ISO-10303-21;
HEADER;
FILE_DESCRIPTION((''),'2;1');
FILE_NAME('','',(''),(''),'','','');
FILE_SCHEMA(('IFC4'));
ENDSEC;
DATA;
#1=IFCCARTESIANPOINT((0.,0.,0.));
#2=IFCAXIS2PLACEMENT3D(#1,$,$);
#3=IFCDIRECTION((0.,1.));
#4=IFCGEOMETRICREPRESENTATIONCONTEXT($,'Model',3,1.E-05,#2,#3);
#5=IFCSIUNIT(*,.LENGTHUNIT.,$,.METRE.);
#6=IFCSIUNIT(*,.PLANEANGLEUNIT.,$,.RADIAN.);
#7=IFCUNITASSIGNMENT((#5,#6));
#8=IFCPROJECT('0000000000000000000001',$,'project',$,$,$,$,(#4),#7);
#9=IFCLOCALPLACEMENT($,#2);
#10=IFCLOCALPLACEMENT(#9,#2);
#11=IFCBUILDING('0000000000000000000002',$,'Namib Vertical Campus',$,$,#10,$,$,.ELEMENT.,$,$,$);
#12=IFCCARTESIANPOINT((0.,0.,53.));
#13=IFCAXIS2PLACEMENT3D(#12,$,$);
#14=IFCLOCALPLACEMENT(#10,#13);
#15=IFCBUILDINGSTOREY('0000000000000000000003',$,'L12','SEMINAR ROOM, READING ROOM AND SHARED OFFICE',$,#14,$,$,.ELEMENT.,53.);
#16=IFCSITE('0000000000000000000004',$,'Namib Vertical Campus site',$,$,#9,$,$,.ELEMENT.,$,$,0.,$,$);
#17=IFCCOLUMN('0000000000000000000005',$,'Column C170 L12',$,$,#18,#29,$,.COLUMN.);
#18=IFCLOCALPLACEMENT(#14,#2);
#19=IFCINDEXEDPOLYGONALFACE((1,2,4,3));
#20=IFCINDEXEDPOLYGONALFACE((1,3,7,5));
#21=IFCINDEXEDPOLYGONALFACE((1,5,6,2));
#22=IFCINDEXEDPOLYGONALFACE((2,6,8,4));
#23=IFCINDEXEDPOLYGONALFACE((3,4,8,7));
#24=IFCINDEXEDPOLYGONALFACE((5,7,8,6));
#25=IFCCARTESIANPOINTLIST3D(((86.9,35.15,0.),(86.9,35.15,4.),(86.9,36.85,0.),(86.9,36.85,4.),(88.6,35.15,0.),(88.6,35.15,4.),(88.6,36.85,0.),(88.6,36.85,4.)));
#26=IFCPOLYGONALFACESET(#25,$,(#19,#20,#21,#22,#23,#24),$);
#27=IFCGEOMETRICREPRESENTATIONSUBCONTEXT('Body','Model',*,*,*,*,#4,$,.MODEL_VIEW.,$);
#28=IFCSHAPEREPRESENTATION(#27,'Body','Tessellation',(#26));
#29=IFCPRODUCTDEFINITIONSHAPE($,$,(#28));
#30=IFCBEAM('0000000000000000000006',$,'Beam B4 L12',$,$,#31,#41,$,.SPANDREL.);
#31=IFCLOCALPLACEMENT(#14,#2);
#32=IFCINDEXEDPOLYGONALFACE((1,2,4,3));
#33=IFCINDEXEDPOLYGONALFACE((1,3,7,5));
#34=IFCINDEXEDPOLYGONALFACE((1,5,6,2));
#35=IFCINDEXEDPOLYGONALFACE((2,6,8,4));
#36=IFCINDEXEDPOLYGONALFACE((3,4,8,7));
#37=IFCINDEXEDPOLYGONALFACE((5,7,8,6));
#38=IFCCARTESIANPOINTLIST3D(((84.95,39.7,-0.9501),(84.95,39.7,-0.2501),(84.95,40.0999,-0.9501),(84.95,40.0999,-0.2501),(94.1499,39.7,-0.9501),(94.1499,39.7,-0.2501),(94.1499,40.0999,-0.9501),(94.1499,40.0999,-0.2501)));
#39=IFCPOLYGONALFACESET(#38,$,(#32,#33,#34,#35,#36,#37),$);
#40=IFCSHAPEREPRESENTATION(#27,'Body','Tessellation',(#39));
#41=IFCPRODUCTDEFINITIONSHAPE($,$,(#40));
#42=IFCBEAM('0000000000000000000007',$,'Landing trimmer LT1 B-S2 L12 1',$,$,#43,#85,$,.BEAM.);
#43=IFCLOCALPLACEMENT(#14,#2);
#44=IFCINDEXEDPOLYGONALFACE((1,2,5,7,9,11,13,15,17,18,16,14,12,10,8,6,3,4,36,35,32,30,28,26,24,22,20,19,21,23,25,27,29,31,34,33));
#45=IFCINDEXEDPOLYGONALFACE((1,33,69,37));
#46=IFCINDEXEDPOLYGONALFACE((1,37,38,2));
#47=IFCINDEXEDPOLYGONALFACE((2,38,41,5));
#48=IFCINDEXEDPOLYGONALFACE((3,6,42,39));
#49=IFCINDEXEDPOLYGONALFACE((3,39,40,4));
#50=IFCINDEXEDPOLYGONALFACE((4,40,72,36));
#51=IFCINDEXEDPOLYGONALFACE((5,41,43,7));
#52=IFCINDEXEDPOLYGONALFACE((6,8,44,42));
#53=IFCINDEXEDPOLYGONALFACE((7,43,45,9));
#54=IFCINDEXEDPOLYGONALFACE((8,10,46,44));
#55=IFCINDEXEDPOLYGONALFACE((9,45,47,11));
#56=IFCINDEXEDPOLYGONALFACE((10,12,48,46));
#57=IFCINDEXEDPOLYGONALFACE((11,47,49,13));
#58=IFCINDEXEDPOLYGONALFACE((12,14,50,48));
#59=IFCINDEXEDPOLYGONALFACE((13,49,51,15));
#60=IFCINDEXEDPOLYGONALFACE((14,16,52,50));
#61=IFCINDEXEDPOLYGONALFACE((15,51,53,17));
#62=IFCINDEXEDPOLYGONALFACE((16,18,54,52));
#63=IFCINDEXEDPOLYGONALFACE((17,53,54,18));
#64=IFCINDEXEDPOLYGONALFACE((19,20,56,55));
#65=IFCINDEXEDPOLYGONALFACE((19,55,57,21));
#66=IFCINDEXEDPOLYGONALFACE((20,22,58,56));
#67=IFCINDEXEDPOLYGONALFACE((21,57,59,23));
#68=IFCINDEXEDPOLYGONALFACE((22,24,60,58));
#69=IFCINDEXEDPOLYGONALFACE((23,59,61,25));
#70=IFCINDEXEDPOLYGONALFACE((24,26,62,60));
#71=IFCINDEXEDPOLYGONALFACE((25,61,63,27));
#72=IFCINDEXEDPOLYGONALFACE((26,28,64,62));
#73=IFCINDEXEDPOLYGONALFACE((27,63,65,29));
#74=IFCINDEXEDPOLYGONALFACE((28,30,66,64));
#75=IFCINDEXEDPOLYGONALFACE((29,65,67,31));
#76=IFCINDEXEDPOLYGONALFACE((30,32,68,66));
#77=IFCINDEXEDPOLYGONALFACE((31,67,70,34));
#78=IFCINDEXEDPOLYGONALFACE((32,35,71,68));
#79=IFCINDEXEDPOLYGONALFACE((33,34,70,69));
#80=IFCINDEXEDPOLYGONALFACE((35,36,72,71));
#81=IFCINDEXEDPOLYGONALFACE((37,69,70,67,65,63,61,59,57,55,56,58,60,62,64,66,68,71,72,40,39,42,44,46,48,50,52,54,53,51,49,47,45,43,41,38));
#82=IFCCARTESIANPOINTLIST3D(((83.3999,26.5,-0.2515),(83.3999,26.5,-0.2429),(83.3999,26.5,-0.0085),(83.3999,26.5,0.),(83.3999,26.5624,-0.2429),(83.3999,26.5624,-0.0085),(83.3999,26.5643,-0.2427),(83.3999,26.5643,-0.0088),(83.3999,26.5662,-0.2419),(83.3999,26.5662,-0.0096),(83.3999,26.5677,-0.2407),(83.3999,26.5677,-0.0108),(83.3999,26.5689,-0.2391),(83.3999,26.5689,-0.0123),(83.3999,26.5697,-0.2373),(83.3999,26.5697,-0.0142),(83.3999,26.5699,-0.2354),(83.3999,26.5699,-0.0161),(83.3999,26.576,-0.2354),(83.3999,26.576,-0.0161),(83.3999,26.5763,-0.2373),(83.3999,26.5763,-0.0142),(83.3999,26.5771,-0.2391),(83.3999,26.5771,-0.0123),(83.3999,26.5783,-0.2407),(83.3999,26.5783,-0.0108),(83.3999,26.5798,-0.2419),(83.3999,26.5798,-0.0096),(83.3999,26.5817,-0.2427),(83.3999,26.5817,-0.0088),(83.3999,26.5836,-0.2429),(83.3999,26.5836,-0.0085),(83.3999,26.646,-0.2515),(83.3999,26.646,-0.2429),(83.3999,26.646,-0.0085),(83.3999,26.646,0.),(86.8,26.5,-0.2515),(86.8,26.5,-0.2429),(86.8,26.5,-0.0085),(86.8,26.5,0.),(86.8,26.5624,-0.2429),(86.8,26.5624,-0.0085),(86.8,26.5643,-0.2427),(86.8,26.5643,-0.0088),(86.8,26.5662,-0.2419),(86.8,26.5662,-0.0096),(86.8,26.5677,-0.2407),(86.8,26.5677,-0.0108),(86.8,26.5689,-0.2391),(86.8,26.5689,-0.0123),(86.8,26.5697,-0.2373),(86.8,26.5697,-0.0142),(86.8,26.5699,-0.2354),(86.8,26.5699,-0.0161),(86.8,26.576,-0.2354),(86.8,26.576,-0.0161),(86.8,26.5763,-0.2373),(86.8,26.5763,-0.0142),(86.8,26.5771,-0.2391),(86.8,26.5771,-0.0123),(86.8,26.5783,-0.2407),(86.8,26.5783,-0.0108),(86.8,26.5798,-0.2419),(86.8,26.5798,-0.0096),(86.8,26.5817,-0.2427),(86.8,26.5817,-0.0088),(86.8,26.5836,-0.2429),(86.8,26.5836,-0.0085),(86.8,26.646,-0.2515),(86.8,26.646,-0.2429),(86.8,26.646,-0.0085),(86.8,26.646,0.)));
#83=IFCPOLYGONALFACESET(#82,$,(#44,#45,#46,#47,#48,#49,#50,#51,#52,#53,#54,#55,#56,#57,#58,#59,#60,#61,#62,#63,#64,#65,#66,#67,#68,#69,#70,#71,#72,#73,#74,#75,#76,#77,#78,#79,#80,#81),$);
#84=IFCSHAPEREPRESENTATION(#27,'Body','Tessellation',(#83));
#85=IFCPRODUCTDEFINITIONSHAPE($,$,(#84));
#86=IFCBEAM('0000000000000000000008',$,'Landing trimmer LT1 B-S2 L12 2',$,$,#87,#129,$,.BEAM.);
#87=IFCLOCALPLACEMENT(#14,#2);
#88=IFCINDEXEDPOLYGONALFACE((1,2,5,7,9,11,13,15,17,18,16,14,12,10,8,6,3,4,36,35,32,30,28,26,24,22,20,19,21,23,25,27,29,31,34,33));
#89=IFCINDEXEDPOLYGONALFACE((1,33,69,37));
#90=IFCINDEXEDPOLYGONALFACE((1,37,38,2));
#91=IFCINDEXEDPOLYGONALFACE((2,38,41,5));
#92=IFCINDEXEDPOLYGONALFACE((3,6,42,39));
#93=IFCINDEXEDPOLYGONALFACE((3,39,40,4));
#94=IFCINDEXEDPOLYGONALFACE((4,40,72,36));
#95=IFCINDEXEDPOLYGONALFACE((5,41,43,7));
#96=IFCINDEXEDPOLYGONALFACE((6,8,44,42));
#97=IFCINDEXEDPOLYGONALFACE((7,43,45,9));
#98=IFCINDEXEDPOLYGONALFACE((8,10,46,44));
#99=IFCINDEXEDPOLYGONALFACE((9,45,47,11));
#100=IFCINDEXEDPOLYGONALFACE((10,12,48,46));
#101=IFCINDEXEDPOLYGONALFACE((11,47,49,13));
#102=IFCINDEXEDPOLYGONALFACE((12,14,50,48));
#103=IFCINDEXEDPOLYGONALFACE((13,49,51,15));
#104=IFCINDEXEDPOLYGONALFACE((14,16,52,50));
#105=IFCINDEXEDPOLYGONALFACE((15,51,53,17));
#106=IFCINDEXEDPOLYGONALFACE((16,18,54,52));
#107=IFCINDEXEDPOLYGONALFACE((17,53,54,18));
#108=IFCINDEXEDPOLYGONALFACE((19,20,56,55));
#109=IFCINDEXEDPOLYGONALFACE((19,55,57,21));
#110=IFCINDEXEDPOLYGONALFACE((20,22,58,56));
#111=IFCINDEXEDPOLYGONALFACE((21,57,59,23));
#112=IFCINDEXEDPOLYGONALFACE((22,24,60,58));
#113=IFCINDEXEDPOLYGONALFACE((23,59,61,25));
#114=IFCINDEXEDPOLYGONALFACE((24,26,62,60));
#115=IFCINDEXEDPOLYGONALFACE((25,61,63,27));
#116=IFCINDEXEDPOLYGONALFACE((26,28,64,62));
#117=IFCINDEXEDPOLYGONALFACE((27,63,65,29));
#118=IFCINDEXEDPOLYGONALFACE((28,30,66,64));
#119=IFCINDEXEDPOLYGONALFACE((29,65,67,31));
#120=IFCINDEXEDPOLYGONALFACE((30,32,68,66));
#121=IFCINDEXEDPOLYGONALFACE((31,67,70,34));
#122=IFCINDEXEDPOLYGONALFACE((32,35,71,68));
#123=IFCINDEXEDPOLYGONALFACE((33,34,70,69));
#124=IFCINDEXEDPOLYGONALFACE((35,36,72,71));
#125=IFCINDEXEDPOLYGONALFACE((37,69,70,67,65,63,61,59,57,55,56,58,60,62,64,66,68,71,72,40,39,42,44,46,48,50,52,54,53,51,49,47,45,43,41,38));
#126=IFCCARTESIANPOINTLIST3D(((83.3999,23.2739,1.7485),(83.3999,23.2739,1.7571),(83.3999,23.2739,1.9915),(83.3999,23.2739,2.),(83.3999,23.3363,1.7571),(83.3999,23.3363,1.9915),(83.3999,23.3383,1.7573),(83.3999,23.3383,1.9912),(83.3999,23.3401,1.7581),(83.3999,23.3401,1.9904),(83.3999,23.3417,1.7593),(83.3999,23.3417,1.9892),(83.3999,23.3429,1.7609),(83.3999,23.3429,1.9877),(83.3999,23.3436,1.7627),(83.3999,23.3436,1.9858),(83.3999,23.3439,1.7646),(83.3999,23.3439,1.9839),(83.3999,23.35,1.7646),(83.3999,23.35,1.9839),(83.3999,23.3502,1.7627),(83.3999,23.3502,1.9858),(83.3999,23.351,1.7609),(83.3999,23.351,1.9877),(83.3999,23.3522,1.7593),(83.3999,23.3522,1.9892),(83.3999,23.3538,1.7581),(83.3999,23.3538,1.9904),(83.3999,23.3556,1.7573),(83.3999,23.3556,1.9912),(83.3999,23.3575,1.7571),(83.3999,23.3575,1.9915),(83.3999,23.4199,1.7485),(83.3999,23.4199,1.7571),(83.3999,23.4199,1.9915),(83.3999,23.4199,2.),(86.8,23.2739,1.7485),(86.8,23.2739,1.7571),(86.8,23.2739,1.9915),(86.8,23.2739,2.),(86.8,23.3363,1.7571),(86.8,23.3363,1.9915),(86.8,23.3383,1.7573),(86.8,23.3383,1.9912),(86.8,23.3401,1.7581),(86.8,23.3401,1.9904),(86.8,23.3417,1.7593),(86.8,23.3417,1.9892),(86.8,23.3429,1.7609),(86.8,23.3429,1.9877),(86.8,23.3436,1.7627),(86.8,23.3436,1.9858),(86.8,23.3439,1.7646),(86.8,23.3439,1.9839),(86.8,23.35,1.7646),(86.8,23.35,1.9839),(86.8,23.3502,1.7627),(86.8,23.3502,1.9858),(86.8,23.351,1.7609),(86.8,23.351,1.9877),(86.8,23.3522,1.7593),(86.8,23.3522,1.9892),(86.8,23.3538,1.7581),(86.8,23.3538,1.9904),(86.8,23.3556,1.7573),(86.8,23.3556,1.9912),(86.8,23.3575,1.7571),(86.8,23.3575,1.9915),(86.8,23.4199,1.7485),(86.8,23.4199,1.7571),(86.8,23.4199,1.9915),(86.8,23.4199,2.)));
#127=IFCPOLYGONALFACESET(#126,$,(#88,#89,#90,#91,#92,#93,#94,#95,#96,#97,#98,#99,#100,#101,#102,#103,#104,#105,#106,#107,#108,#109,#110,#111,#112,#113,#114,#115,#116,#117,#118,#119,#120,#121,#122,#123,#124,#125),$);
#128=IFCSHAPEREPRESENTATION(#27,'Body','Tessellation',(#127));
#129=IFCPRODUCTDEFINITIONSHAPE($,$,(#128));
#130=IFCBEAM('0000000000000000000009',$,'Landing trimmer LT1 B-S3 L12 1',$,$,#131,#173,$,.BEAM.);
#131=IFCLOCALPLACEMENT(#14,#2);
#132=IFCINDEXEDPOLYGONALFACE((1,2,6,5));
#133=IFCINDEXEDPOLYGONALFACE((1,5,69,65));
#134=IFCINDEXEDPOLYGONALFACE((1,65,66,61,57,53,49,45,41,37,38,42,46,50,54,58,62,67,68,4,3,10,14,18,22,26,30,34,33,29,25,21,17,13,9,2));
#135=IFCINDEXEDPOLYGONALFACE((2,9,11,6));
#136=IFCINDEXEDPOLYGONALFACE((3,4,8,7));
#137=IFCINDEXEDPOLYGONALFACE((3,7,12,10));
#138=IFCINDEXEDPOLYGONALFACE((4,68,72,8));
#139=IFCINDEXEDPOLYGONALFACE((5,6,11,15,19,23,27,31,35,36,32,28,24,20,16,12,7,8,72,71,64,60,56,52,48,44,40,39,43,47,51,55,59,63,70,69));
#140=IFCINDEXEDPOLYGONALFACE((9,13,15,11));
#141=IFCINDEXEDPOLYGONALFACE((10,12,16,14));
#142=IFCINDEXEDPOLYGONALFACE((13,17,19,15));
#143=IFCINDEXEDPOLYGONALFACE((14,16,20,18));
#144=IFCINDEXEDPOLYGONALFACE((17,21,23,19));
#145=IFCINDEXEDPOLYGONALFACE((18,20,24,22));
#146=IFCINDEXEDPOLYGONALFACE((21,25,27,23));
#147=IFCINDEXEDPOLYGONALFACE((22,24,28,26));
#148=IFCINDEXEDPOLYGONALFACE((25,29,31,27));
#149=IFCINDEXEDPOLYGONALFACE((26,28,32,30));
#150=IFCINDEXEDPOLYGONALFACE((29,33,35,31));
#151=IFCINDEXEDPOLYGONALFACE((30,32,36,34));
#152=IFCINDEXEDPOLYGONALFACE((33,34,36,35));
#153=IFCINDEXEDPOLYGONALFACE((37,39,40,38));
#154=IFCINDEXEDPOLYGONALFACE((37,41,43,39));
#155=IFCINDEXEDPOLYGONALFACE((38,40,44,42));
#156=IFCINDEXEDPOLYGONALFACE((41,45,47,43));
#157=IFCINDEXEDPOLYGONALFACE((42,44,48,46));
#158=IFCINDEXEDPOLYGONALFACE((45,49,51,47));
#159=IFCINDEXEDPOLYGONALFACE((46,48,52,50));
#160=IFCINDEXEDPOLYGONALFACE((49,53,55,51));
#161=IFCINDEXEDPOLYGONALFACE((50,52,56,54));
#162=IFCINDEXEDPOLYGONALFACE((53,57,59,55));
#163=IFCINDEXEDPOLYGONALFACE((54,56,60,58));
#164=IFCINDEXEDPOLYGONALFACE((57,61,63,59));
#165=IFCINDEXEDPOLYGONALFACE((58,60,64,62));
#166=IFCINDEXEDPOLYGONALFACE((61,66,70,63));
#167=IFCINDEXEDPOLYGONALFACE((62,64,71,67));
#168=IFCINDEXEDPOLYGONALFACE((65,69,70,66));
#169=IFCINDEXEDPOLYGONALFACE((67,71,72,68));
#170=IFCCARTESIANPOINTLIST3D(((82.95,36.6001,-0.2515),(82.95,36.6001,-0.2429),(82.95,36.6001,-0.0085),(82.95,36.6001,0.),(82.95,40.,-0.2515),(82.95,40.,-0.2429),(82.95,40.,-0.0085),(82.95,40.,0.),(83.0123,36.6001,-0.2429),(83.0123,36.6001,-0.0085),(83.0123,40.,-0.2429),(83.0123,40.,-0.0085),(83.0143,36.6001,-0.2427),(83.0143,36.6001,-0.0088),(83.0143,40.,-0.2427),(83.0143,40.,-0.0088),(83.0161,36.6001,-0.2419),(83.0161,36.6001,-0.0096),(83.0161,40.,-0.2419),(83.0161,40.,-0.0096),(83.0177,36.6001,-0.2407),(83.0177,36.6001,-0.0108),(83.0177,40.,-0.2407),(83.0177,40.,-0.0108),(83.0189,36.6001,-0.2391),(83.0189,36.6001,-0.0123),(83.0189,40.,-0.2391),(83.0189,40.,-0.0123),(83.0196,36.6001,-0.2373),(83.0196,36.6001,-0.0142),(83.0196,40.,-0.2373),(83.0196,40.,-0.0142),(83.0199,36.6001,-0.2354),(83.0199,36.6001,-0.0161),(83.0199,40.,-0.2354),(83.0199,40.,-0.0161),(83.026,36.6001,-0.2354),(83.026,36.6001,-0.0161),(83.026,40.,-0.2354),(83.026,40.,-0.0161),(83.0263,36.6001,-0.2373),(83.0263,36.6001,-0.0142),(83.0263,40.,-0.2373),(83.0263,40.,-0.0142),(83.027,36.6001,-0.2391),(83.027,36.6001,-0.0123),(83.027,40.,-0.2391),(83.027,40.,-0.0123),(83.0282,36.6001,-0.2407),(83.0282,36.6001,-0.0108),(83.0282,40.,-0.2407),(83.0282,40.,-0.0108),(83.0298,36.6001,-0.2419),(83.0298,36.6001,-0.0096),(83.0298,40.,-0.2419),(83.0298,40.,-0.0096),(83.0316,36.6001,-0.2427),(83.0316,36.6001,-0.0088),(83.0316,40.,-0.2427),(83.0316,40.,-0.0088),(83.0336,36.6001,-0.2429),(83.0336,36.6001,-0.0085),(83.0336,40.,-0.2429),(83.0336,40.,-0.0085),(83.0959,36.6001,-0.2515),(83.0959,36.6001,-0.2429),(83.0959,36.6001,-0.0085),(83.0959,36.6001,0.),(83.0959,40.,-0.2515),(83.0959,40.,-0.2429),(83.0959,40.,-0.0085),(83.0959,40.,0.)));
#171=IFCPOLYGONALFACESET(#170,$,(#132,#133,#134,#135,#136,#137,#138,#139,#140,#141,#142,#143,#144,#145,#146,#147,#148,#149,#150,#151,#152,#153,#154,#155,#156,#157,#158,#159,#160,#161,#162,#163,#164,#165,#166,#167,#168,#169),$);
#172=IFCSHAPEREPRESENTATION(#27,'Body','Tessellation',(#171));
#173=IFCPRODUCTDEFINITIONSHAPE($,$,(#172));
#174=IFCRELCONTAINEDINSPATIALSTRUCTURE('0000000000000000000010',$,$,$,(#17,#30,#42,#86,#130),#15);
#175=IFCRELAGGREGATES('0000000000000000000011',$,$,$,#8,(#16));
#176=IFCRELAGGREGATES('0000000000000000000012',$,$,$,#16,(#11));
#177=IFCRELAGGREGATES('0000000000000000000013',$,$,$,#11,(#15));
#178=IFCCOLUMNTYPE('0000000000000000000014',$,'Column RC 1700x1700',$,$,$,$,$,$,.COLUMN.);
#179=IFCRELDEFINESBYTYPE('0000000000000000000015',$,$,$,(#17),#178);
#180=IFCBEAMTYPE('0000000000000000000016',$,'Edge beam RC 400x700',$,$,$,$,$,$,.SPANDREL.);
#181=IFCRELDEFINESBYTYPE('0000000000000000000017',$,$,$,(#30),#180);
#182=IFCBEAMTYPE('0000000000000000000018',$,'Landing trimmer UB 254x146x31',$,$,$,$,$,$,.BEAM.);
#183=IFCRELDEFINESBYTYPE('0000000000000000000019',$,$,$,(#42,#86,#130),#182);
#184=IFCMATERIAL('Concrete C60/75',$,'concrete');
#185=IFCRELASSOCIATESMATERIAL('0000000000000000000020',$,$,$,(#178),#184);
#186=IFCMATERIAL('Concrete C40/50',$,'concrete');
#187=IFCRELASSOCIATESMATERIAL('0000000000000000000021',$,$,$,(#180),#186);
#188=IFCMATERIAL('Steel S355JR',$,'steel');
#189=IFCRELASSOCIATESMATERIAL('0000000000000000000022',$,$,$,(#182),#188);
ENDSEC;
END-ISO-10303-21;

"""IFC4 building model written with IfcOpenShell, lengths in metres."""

from ifc_helpers import new_model, si_unit, direction, frame, origin, origin_2d, place, context, subcontext, project, spatial, rectangle, i_section, extrude, material, material_profile, profile_set, type_object, element, save


model = new_model("IFC4")

# Units and contexts
model_context = context("Model", 3, precision=1e-05, world=origin(), true_north=direction((0.0, 1.0)))
body_context = subcontext(model_context, "Body", "Model", "MODEL_VIEW")
ifc_project = project(units=[si_unit("LENGTHUNIT", "METRE"), si_unit("PLANEANGLEUNIT", "RADIAN")], contexts=[model_context])

# Site, building, storey
site_placement = place(None, origin())
site = spatial("IfcSite", under=ifc_project, at=site_placement, Name="Namib Vertical Campus site", CompositionType="ELEMENT", RefElevation=0.0)
building_placement = place(site_placement, origin())
building = spatial("IfcBuilding", under=site, at=building_placement, Name="Namib Vertical Campus", CompositionType="ELEMENT")
storey_placement = place(building_placement, frame((0.0, 0.0, 53.0)))
storey = spatial("IfcBuildingStorey", under=building, at=storey_placement, Name="L12", Description="SEMINAR ROOM, READING ROOM AND SHARED OFFICE", CompositionType="ELEMENT", Elevation=53.0)

# Column
ifc_material_1 = material(Name="Concrete C60/75", Category="concrete")
ifc_material_profile_1 = material_profile(ifc_material_1, rectangle(XDim=1.7, YDim=1.7, at=origin_2d()))
ifc_profile_set_1 = profile_set([ifc_material_profile_1], Name="Concrete C60/75")
column_type = type_object("IfcColumnType", Name="Column RC 1700x1700", PredefinedType="COLUMN", material=ifc_profile_set_1)
column_placement = place(storey_placement, frame((87.75, 36.0, 0.0), z_axis=(0.0, 0.0, 1.0), x_axis=(1.0, 0.0, 0.0)))
element("IfcColumn", 1, at=column_placement, inside=storey, type_object=column_type, Name="Column C170 L12", PredefinedType="COLUMN", context=body_context, shape_type="SweptSolid", body=[
    extrude(rectangle(XDim=1.7, YDim=1.7, at=origin_2d()), origin(), (0.0, 0.0, 1.0), 4.0),
])

# Beams
ifc_material_2 = material(Name="Concrete C40/50", Category="concrete")
ifc_material_profile_2 = material_profile(ifc_material_2, rectangle(XDim=0.3999, YDim=0.7, at=origin_2d()))
ifc_profile_set_2 = profile_set([ifc_material_profile_2], Name="Concrete C40/50")
beam_type_1 = type_object("IfcBeamType", Name="Edge beam RC 400x700", PredefinedType="SPANDREL", material=ifc_profile_set_2)
beam_1_placement = place(storey_placement, frame((84.95, 39.8999, -0.6001), z_axis=(1.0, 0.0, 0.0), x_axis=(0.0, 1.0, 0.0)))
element("IfcBeam", 2, at=beam_1_placement, inside=storey, type_object=beam_type_1, Name="Beam B4 L12", PredefinedType="SPANDREL", context=body_context, shape_type="SweptSolid", body=[
    extrude(rectangle(XDim=0.3999, YDim=0.7, at=origin_2d()), origin(), (0.0, 0.0, 1.0), 9.2),
])
ifc_material_3 = material(Name="Steel S355JR", Category="steel")
ifc_material_profile_3 = material_profile(ifc_material_3, i_section(OverallWidth=0.146, OverallDepth=0.2515, WebThickness=0.0061, FlangeThickness=0.0085, FilletRadius=0.0076, at=origin_2d()))
ifc_profile_set_3 = profile_set([ifc_material_profile_3], Name="Steel S355JR")
beam_type_2 = type_object("IfcBeamType", Name="Landing trimmer UB 254x146x31", PredefinedType="BEAM", material=ifc_profile_set_3)
for number, where, z_axis, x_axis, name in (
    (3, (83.3999, 26.573, -0.1257), (1.0, 0.0, 0.0), (0.0, 1.0, 0.0), "Landing trimmer LT1 B-S2 L12 1"),
    (4, (83.3999, 23.3469, 1.8743), (1.0, 0.0, 0.0), (0.0, 1.0, 0.0), "Landing trimmer LT1 B-S2 L12 2"),
):
    element("IfcBeam", number, at=place(storey_placement, frame(where, z_axis=z_axis, x_axis=x_axis)), inside=storey, type_object=beam_type_2, Name=name, PredefinedType="BEAM", context=body_context, shape_type="SweptSolid", body=[
        extrude(i_section(OverallWidth=0.146, OverallDepth=0.2515, WebThickness=0.0061, FlangeThickness=0.0085, FilletRadius=0.0076, at=origin_2d()), origin(), (0.0, 0.0, 1.0), 3.4001),
    ])
beam_2_placement = place(storey_placement, frame((83.0229, 36.6001, -0.1257), z_axis=(0.0, 1.0, 0.0), x_axis=(-1.0, 0.0, 0.0)))
element("IfcBeam", 5, at=beam_2_placement, inside=storey, type_object=beam_type_2, Name="Landing trimmer LT1 B-S3 L12 1", PredefinedType="BEAM", context=body_context, shape_type="SweptSolid", body=[
    extrude(i_section(OverallWidth=0.146, OverallDepth=0.2515, WebThickness=0.0061, FlangeThickness=0.0085, FilletRadius=0.0076, at=origin_2d()), origin(), (0.0, 0.0, 1.0), 3.3999),
])

save(model, "model.ifc")
